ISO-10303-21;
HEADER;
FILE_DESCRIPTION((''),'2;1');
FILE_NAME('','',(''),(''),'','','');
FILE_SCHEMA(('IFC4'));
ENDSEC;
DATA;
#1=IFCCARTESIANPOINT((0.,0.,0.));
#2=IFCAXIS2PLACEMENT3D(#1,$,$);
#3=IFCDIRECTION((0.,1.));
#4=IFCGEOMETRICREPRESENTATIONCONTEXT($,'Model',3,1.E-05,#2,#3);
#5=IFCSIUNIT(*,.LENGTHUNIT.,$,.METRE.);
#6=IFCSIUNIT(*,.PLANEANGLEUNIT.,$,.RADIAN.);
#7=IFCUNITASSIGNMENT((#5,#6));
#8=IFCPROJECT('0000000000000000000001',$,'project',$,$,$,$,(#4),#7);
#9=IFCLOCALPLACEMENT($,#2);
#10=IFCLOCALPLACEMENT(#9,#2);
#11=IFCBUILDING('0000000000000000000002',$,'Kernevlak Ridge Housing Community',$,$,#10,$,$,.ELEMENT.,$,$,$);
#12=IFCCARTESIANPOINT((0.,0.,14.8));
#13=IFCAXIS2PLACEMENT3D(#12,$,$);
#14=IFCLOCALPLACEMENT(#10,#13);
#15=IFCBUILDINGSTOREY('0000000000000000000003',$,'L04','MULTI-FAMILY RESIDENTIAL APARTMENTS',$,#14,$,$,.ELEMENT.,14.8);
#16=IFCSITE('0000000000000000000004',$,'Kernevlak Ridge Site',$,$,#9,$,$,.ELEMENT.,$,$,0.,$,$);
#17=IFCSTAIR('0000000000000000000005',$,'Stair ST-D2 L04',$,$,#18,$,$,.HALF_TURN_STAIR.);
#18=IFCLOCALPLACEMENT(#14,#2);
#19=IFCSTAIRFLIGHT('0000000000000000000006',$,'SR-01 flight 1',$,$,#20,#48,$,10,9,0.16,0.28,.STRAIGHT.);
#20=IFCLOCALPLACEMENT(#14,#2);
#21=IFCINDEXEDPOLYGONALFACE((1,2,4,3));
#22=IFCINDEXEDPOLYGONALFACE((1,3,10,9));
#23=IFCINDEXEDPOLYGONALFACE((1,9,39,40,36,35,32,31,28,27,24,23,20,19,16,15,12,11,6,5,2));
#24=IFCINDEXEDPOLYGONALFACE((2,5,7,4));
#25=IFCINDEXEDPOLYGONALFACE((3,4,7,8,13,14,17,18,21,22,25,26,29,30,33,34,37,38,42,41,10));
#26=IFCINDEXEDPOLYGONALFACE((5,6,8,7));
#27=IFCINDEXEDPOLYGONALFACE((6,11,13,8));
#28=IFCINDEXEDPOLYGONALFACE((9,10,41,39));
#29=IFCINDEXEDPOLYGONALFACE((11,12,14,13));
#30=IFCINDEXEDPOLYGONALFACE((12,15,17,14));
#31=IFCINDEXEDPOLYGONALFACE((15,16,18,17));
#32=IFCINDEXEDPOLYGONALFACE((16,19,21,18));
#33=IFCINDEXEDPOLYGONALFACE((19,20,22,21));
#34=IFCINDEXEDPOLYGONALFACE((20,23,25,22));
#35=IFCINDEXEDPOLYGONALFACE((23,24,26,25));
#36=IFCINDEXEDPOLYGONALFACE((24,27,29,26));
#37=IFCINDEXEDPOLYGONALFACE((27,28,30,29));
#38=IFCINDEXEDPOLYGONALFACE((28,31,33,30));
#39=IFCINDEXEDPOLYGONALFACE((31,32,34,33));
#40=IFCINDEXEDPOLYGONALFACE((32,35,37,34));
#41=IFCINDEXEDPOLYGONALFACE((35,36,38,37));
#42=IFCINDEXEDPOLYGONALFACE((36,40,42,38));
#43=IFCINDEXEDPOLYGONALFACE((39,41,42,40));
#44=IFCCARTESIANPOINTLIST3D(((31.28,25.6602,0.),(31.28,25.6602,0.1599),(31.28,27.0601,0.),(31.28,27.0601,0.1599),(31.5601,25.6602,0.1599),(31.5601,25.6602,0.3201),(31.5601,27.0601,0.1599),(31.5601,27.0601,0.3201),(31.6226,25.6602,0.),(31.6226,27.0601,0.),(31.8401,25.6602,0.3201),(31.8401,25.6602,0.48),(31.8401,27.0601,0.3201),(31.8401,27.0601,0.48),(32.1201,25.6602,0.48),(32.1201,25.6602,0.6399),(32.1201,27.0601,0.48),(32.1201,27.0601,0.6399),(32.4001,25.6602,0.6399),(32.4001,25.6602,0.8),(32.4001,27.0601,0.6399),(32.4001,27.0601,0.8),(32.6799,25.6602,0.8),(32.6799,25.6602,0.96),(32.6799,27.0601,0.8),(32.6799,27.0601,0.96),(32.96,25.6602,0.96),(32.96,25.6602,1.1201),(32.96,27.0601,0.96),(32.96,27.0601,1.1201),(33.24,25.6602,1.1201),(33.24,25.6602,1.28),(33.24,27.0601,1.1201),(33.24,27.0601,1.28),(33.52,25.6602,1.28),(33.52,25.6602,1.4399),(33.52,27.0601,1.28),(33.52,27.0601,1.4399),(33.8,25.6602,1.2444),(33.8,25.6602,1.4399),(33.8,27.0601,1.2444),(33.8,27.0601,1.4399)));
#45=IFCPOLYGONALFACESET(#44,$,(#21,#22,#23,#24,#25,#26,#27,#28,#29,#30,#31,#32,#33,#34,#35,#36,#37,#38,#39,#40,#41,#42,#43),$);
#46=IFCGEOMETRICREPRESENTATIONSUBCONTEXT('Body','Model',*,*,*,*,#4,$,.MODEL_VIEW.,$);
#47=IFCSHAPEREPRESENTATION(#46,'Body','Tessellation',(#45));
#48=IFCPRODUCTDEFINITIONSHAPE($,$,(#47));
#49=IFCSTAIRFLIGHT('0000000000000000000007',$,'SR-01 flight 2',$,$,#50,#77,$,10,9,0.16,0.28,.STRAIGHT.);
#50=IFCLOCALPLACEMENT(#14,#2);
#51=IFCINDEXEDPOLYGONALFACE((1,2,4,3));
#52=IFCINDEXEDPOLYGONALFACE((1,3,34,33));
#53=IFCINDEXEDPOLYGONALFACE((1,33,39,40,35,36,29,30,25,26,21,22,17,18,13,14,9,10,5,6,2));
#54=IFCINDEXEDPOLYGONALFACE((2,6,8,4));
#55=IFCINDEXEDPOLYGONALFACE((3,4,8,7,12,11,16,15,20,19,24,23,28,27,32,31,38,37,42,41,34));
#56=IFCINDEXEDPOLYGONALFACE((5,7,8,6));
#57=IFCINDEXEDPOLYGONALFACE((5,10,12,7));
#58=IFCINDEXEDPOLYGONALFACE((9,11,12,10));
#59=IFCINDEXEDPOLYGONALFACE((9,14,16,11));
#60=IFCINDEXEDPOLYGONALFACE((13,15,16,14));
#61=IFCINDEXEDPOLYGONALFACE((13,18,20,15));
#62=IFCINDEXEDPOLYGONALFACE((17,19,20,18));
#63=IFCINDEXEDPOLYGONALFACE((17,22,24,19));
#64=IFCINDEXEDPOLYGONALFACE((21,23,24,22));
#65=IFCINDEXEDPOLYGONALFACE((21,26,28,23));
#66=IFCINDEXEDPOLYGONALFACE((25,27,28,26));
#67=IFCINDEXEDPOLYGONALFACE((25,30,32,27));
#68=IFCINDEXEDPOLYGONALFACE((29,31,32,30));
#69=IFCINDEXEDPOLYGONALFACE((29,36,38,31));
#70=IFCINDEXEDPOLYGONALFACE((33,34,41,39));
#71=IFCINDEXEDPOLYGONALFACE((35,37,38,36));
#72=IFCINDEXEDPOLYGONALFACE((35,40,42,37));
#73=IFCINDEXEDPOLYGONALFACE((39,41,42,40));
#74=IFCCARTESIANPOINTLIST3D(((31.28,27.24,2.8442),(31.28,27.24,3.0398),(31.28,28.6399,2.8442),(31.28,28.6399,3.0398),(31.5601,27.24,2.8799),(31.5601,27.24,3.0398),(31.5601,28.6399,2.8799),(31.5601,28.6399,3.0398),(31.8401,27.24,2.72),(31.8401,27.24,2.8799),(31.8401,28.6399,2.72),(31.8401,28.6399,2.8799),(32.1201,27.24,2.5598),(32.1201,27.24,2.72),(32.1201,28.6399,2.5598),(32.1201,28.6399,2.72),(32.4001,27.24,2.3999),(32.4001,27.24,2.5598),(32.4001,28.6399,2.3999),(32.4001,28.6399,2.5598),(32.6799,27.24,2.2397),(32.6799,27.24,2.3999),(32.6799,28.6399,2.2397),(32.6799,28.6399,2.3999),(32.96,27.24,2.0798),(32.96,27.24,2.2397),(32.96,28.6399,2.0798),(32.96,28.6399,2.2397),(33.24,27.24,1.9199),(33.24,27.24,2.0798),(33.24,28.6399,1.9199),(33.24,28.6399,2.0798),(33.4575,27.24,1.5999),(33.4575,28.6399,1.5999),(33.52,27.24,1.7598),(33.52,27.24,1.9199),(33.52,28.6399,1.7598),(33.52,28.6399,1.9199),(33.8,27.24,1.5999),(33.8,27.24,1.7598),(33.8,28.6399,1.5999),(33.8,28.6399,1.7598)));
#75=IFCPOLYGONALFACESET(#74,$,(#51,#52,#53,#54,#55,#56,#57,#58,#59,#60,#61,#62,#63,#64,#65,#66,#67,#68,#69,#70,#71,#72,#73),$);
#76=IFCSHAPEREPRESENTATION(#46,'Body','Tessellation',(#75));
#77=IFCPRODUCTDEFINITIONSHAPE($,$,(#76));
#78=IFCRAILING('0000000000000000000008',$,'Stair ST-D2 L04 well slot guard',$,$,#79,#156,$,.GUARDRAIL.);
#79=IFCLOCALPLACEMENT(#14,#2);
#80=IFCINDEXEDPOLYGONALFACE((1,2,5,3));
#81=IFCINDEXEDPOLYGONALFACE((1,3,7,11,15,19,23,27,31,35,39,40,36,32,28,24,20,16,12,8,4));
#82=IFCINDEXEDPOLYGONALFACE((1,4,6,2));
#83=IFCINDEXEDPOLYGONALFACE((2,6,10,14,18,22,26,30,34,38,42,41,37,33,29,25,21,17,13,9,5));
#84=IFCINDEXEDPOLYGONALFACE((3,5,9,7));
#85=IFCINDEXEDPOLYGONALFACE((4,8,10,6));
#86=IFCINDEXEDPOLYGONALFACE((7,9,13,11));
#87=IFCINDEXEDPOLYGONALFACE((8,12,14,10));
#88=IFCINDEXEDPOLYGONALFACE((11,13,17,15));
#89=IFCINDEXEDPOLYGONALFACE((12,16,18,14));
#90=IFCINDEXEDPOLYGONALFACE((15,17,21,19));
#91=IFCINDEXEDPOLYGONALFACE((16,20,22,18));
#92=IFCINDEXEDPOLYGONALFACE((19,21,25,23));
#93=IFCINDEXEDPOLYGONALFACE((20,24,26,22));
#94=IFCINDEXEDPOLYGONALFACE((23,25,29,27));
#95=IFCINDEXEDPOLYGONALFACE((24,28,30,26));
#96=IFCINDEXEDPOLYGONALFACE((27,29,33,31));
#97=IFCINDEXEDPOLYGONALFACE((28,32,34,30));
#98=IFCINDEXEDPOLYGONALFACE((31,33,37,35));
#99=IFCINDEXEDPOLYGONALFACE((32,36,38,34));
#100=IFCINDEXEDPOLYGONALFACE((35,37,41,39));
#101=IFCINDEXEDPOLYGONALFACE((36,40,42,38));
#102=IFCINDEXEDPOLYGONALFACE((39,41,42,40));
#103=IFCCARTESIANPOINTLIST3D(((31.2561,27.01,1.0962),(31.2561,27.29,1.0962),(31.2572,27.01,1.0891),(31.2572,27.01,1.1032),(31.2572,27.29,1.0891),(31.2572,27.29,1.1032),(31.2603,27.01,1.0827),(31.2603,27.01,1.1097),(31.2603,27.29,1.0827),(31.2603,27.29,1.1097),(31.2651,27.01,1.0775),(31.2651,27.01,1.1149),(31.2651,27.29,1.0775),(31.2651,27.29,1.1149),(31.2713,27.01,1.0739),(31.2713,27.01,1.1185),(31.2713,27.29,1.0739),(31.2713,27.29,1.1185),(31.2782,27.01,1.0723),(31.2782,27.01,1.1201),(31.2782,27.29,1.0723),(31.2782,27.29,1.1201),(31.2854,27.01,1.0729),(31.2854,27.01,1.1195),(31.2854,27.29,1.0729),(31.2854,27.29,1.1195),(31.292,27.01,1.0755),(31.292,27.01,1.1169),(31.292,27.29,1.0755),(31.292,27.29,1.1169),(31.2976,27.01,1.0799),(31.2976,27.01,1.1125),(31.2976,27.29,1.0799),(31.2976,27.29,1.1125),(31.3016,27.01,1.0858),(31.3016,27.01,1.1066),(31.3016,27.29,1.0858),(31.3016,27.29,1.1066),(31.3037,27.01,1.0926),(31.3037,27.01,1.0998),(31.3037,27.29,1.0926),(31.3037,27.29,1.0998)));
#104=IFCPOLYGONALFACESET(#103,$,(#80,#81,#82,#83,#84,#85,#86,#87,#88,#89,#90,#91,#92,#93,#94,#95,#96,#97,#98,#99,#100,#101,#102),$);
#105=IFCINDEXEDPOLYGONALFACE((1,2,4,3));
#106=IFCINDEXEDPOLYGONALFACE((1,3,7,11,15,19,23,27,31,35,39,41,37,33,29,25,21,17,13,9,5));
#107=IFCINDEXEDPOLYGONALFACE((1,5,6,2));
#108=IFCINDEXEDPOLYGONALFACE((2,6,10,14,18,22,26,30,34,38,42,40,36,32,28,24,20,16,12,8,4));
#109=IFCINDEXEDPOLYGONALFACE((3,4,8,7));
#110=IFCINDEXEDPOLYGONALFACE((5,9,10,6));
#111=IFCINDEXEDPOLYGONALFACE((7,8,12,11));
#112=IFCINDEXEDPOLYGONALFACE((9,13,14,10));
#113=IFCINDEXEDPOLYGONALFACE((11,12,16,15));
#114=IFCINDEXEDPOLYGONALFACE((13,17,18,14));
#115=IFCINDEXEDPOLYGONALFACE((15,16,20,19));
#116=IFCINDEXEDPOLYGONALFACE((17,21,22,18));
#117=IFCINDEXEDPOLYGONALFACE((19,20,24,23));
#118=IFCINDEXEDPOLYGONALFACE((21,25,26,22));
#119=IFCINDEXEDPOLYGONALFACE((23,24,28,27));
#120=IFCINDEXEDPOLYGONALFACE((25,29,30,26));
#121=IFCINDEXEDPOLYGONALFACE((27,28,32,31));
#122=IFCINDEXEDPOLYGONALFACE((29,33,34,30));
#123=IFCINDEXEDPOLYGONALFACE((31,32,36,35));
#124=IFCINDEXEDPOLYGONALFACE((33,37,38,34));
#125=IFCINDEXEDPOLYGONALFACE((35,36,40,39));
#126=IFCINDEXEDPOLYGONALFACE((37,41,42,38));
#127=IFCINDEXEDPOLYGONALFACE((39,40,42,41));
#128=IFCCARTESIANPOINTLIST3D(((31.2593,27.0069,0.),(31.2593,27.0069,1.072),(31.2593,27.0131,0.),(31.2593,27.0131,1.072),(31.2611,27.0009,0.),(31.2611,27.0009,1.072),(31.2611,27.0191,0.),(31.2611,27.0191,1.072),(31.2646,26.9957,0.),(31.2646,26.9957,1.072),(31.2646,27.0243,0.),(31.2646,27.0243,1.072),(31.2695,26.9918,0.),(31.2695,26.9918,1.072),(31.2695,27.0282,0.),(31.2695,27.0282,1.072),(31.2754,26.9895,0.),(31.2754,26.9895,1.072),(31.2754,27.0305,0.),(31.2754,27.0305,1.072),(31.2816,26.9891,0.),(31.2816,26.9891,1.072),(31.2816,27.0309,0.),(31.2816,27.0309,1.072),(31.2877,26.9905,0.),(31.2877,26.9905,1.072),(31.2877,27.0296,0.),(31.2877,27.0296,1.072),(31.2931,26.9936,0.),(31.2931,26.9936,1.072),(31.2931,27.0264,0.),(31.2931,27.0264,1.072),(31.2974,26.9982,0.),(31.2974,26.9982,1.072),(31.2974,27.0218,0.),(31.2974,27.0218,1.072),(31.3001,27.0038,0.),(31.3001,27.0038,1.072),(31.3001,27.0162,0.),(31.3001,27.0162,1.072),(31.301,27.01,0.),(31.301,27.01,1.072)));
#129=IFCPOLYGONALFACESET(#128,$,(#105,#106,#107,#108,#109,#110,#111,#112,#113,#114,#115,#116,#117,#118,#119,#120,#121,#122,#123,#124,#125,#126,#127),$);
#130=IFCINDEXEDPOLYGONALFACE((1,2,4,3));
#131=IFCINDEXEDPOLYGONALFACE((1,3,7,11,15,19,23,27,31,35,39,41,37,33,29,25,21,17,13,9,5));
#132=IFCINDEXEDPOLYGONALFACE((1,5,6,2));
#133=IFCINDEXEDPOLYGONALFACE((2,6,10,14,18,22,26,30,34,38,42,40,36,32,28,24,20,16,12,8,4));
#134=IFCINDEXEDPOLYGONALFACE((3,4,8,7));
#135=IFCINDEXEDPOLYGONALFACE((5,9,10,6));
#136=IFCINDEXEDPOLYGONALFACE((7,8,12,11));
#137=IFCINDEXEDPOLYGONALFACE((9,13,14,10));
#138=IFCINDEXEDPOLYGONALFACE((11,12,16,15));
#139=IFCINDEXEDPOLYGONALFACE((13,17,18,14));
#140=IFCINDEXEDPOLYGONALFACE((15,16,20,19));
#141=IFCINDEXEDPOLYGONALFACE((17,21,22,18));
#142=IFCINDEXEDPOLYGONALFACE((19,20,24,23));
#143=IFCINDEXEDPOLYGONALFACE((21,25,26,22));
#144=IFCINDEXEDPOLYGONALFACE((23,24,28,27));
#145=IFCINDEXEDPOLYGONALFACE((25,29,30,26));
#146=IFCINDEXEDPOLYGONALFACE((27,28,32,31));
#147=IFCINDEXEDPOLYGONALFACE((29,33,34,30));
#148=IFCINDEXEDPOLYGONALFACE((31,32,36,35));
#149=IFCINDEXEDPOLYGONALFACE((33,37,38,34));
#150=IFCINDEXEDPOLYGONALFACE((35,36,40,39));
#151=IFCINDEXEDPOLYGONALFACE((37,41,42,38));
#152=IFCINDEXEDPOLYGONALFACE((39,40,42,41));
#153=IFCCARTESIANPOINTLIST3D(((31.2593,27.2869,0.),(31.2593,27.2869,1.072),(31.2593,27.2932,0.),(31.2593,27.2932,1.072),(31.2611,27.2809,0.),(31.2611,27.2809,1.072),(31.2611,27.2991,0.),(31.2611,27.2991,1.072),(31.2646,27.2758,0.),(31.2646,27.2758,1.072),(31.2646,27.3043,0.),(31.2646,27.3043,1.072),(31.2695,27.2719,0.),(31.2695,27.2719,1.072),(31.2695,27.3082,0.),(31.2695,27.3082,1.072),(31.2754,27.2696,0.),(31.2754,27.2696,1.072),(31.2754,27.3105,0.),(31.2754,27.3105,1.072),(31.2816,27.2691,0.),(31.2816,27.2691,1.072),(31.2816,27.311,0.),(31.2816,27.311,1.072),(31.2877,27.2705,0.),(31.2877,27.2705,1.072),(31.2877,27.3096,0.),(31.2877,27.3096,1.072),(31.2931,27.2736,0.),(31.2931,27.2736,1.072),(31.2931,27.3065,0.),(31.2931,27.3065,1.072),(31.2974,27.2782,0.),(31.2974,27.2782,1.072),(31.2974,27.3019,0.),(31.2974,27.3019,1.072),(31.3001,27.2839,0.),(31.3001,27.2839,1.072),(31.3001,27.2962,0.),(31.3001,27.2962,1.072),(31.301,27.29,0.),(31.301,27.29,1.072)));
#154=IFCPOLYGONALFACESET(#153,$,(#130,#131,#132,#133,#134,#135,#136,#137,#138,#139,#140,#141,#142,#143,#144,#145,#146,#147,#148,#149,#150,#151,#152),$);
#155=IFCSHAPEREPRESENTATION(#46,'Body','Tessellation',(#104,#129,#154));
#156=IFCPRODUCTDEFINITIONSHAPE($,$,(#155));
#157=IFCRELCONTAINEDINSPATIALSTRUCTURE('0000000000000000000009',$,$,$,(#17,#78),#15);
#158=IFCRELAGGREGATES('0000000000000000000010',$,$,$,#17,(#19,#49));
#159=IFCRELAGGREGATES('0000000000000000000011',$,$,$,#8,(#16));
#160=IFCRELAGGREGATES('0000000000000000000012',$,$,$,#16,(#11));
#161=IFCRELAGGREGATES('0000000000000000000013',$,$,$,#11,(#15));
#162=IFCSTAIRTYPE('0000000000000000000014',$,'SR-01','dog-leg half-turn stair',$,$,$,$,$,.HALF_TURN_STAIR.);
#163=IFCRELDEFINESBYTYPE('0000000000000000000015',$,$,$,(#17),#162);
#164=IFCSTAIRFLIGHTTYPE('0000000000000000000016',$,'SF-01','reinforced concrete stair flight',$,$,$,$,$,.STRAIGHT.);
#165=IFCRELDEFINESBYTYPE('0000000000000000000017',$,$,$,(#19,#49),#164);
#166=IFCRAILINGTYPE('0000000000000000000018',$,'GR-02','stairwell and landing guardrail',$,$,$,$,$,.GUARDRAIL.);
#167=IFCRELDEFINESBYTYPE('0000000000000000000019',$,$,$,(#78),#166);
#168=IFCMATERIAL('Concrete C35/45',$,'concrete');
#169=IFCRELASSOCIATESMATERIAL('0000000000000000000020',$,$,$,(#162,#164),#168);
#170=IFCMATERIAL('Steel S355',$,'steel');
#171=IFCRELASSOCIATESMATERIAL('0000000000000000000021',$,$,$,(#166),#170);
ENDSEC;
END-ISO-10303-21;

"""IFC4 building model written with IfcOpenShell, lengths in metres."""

from ifc_helpers import new_model, si_unit, direction, frame, origin, origin_2d, place, context, subcontext, project, spatial, polyline, circle, outline, extrude, material, type_object, element, aggregate, save


model = new_model("IFC4")

# Units and contexts
model_context = context("Model", 3, precision=1e-05, world=origin(), true_north=direction((0.0, 1.0)))
body_context = subcontext(model_context, "Body", "Model", "MODEL_VIEW")
ifc_project = project(units=[si_unit("LENGTHUNIT", "METRE"), si_unit("PLANEANGLEUNIT", "RADIAN")], contexts=[model_context])

# Site, building, storey
site_placement = place(None, origin())
site = spatial("IfcSite", under=ifc_project, at=site_placement, Name="Kernevlak Ridge Site", CompositionType="ELEMENT", RefElevation=0.0)
building_placement = place(site_placement, origin())
building = spatial("IfcBuilding", under=site, at=building_placement, Name="Kernevlak Ridge Housing Community", CompositionType="ELEMENT")
storey_placement = place(building_placement, frame((0.0, 0.0, 14.8)))
storey = spatial("IfcBuildingStorey", under=building, at=storey_placement, Name="L04", Description="MULTI-FAMILY RESIDENTIAL APARTMENTS", CompositionType="ELEMENT", Elevation=14.8)

# Shared definitions
ifc_material_1 = material(Name="Concrete C35/45", Category="concrete")

# Stair, stair flights
stair_type = type_object("IfcStairType", Name="SR-01", Description="dog-leg half-turn stair", PredefinedType="HALF_TURN_STAIR", material=ifc_material_1)
stair_placement = place(storey_placement, origin())
stair = element("IfcStair", 1, at=stair_placement, inside=storey, type_object=stair_type, Name="Stair ST-D2 L04", PredefinedType="HALF_TURN_STAIR")
stair_flight_type = type_object("IfcStairFlightType", Name="SF-01", Description="reinforced concrete stair flight", PredefinedType="STRAIGHT", material=ifc_material_1)
stair_flight_1_placement = place(storey_placement, frame((31.28, 26.3601, 0.0), z_axis=(0.0, 0.0, 1.0), x_axis=(1.0, 0.0, 0.0)))
stair_flight_1 = element("IfcStairFlight", 2, at=stair_flight_1_placement, type_object=stair_flight_type, Name="SR-01 flight 1", NumberOfRisers=10, NumberOfTreads=9, PredefinedType="STRAIGHT", RiserHeight=0.16, TreadLength=0.28, context=body_context, shape_type="SweptSolid", body=[
    extrude(outline(polyline([(0.0, 0.0), (0.0, 0.1599), (0.28, 0.1599), (0.28, 0.3201), (0.5601, 0.3201), (0.5601, 0.48), (0.8401, 0.48), (0.8401, 0.6399), (1.1201, 0.6399), (1.1201, 0.8), (1.3999, 0.8), (1.3999, 0.96), (1.6799, 0.96), (1.6799, 1.1201), (1.96, 1.1201), (1.96, 1.28), (2.24, 1.28), (2.24, 1.4399), (2.52, 1.4399), (2.52, 1.6001), (2.52, 1.2444), (0.3425, 0.0), (0.0, 0.0)])), frame((0.0, 0.7, 0.0), z_axis=(0.0, -1.0, 0.0), x_axis=(1.0, 0.0, 0.0)), (0.0, 0.0, 1.0), 1.3999),
])
stair_flight_2_placement = place(storey_placement, frame((33.8, 27.9399, 1.5999), z_axis=(0.0, 0.0, 1.0), x_axis=(-1.0, 0.0, 0.0)))
stair_flight_2 = element("IfcStairFlight", 3, at=stair_flight_2_placement, type_object=stair_flight_type, Name="SR-01 flight 2", NumberOfRisers=10, NumberOfTreads=9, PredefinedType="STRAIGHT", RiserHeight=0.16, TreadLength=0.28, context=body_context, shape_type="SweptSolid", body=[
    extrude(outline(polyline([(0.0, 0.0), (0.0, 0.1599), (0.28, 0.1599), (0.28, 0.3201), (0.5601, 0.3201), (0.5601, 0.48), (0.8401, 0.48), (0.8401, 0.6399), (1.1201, 0.6399), (1.1201, 0.8), (1.3999, 0.8), (1.3999, 0.96), (1.6799, 0.96), (1.6799, 1.1201), (1.96, 1.1201), (1.96, 1.28), (2.24, 1.28), (2.24, 1.4399), (2.52, 1.4399), (2.52, 1.6001), (2.52, 1.2444), (0.3425, 0.0), (0.0, 0.0)])), frame((0.0, 0.7, 0.0), z_axis=(0.0, -1.0, 0.0), x_axis=(1.0, 0.0, 0.0)), (0.0, 0.0, 1.0), 1.3999),
])
aggregate(stair, [stair_flight_1, stair_flight_2])

# Railing
ifc_material_2 = material(Name="Steel S355", Category="steel")
railing_type_1 = type_object("IfcRailingType", Name="GR-02", Description="stairwell and landing guardrail", PredefinedType="GUARDRAIL", material=ifc_material_2)
railing_1_placement = place(storey_placement, frame((31.28, 27.01, 0.0)))
element("IfcRailing", 4, at=railing_1_placement, inside=storey, type_object=railing_type_1, Name="Stair ST-D2 L04 well slot guard", PredefinedType="GUARDRAIL", context=body_context, shape_type="SweptSolid", body=[
    extrude(circle(Radius=0.0239, at=origin_2d()), frame((0.0, 0.0, 1.0962), z_axis=(0.0, 1.0, 0.0), x_axis=(-1.0, 0.0, 0.0)), (0.0, 0.0, 1.0), 0.28),
    extrude(circle(Radius=0.021, at=origin_2d()), origin(), (0.0, 0.0, 1.0), 1.072),
    extrude(circle(Radius=0.021, at=origin_2d()), frame((0.0, 0.28, 0.0)), (0.0, 0.0, 1.0), 1.072),
])

save(model, "model.ifc")
